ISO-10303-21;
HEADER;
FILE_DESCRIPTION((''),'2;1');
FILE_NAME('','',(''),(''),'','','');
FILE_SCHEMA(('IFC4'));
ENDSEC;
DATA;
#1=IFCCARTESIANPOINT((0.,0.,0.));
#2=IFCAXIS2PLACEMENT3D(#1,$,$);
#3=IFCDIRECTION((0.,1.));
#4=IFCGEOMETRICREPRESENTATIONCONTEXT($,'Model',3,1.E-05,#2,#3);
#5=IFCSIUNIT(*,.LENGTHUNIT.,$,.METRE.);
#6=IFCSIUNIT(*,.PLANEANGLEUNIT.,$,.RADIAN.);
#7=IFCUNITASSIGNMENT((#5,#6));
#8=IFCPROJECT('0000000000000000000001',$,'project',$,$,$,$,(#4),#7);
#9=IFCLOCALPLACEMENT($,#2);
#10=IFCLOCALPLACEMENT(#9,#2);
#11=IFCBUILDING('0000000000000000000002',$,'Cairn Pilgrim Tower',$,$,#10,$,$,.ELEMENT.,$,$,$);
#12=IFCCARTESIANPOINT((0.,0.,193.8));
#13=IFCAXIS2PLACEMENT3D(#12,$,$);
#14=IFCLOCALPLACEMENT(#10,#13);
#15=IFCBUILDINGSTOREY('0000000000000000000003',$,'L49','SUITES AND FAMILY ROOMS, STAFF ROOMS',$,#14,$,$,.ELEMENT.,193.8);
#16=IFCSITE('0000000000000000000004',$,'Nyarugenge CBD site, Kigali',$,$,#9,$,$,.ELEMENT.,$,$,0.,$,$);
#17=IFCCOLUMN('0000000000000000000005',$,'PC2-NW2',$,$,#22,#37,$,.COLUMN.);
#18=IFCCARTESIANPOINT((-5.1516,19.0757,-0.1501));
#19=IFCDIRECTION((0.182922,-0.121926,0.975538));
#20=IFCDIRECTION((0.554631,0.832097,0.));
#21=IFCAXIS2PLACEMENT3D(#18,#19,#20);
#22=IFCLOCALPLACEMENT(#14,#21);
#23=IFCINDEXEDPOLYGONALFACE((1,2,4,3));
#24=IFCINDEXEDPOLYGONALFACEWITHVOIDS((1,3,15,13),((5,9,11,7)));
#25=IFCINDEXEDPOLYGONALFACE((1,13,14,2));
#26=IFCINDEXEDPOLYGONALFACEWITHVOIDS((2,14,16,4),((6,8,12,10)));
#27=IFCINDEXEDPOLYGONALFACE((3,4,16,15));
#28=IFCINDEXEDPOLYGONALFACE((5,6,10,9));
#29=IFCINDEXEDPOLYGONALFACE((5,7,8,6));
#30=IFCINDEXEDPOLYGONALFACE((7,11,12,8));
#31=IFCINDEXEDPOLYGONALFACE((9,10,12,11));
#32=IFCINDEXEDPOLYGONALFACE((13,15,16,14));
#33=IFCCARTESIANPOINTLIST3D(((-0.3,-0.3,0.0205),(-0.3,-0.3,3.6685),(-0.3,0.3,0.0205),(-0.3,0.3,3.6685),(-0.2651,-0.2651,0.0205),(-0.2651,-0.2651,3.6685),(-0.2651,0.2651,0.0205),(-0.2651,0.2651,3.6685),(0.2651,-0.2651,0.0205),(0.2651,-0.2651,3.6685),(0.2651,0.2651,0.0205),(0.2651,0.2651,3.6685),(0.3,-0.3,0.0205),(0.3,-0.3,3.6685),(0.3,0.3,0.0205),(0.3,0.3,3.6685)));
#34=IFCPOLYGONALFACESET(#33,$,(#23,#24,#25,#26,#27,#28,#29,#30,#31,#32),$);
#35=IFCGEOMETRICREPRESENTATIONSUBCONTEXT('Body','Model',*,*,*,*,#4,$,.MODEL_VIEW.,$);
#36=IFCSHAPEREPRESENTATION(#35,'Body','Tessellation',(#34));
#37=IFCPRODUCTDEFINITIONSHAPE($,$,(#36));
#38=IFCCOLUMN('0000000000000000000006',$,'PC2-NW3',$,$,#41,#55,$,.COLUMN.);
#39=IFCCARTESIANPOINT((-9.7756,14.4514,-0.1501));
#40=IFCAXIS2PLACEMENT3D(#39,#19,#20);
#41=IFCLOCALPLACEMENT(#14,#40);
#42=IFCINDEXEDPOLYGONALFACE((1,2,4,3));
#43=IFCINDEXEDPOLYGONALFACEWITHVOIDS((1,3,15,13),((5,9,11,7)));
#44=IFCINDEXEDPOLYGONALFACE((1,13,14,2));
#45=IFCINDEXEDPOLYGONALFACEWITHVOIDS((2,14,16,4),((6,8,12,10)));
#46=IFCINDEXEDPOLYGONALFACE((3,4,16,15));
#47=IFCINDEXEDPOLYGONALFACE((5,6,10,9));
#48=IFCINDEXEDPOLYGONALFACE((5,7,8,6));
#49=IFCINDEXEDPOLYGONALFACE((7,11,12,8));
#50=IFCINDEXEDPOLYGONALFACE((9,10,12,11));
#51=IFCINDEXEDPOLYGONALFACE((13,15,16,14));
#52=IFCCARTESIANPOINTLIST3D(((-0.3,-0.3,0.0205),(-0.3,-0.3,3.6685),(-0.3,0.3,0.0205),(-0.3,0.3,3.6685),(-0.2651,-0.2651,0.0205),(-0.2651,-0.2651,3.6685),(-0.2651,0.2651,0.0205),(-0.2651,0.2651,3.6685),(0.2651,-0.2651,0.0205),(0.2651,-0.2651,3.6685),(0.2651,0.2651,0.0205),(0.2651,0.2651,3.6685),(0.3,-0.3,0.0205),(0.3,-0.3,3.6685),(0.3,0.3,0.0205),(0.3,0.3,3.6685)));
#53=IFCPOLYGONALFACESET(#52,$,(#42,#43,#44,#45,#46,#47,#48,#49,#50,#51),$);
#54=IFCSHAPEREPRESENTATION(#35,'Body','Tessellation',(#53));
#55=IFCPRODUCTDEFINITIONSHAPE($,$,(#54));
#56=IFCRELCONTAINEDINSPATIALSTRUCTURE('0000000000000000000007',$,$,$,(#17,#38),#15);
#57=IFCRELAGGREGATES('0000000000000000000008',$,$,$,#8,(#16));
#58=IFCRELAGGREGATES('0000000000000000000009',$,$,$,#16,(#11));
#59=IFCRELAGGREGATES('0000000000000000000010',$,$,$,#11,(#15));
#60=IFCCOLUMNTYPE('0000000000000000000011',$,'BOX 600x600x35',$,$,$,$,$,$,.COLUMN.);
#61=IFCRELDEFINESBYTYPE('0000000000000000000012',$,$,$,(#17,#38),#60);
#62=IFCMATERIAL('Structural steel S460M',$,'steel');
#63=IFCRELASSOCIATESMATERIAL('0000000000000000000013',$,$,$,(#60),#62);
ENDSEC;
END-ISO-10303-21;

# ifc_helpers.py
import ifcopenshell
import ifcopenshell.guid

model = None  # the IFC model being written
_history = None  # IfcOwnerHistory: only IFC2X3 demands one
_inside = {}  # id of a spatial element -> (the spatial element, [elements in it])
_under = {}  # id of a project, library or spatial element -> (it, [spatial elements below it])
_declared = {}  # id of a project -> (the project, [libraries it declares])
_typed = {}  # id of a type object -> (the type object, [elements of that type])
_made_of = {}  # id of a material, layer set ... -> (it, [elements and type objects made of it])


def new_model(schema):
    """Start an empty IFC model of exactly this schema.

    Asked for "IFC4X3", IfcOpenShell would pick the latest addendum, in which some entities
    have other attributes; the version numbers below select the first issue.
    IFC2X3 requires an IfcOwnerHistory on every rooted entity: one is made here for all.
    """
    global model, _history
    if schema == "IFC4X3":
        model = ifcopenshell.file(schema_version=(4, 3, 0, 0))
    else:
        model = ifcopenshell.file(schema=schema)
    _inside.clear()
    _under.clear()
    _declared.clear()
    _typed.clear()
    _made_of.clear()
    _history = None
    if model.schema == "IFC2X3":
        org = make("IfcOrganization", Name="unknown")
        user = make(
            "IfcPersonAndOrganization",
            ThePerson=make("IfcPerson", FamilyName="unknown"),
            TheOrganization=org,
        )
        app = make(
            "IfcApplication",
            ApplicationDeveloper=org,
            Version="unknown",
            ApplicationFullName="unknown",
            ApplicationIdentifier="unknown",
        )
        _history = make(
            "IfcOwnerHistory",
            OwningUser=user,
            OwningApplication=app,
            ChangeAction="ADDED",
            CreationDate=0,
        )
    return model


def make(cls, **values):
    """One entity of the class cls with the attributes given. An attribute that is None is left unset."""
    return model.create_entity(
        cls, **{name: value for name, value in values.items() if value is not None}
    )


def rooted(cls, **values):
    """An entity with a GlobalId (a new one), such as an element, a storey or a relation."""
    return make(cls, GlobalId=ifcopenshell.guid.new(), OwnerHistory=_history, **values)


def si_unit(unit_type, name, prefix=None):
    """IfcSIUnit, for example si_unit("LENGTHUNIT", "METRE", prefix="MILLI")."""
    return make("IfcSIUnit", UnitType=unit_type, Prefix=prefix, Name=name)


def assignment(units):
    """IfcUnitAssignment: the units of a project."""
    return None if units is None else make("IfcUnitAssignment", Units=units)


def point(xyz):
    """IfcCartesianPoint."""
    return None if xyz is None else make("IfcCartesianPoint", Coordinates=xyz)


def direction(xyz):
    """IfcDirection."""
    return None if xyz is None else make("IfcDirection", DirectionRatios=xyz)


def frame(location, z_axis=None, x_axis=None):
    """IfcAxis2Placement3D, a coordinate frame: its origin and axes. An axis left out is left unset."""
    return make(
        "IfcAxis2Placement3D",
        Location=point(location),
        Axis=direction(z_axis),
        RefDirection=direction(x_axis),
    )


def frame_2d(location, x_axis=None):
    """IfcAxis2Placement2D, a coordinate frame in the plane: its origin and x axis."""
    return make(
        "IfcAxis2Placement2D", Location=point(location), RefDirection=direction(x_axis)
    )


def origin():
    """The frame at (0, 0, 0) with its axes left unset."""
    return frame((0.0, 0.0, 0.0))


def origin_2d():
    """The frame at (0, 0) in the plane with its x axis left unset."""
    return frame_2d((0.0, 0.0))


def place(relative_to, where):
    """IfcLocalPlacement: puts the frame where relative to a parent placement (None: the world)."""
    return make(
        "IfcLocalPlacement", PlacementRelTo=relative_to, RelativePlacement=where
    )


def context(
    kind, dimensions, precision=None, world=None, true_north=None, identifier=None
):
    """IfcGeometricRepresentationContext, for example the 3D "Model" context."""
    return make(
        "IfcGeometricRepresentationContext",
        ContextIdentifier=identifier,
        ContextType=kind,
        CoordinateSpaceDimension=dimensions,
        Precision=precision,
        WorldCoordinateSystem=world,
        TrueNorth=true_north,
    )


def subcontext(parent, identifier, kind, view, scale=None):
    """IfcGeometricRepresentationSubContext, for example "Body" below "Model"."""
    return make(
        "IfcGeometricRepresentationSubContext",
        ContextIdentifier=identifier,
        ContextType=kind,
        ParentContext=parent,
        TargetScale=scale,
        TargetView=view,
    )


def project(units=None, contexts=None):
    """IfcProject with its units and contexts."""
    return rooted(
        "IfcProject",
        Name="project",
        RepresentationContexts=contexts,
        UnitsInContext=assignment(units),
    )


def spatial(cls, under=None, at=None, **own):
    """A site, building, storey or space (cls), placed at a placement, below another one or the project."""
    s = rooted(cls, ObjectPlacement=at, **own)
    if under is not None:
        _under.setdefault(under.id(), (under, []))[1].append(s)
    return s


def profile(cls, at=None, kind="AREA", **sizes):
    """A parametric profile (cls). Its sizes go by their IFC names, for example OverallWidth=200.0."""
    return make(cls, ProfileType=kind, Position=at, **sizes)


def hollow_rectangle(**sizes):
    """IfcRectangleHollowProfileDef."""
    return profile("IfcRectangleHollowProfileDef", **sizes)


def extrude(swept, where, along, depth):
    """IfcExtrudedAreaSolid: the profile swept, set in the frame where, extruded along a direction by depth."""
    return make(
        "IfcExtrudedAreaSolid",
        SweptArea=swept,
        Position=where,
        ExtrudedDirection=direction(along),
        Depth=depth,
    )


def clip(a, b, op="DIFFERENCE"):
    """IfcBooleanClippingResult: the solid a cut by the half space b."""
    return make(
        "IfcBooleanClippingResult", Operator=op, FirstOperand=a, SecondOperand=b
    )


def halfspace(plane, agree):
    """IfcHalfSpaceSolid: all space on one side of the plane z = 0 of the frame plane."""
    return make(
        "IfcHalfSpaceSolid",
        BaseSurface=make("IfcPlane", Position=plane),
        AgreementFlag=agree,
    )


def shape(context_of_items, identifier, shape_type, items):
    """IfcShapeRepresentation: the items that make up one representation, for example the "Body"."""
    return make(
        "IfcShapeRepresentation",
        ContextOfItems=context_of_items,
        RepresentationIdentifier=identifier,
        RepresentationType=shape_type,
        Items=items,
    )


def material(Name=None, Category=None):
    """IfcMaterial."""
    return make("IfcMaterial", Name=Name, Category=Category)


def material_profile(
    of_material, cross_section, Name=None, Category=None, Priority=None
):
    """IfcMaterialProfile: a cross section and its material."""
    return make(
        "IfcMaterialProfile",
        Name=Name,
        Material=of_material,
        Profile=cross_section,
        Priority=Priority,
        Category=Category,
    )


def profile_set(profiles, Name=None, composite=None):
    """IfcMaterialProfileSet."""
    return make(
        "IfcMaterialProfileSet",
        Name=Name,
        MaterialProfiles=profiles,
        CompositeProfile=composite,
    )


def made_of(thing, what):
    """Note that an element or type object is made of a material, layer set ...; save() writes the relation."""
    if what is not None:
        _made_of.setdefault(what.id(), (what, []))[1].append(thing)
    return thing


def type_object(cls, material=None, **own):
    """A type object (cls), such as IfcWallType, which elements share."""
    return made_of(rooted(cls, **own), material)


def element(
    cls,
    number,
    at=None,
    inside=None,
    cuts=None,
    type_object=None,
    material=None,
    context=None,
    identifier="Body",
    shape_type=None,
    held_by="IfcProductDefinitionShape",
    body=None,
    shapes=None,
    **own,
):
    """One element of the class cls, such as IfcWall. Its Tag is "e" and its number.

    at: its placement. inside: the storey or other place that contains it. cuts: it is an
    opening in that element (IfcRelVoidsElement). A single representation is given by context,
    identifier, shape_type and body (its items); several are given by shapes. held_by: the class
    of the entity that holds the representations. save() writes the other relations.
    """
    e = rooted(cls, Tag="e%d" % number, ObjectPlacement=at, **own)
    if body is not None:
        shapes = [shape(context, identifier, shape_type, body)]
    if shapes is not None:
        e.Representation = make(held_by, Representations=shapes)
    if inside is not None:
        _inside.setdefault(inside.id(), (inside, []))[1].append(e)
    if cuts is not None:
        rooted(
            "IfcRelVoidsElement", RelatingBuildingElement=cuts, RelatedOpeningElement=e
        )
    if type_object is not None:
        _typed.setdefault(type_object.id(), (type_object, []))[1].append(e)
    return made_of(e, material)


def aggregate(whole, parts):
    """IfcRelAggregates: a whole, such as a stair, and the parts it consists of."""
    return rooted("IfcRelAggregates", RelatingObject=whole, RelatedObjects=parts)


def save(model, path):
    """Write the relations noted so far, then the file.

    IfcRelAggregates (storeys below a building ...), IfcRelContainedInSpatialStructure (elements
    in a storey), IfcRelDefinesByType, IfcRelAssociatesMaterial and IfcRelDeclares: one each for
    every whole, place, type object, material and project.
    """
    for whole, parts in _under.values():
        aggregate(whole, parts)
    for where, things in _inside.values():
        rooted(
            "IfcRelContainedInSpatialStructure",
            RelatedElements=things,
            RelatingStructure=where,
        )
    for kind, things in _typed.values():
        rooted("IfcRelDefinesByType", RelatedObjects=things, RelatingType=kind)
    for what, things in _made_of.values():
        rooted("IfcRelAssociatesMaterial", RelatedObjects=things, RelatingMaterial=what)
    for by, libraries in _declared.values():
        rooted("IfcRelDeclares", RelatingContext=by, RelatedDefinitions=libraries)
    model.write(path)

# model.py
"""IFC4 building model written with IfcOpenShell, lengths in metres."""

from ifc_helpers import new_model, si_unit, direction, frame, origin, origin_2d, place, context, subcontext, project, spatial, hollow_rectangle, extrude, clip, halfspace, material, material_profile, profile_set, type_object, element, save


model = new_model("IFC4")

# Units and contexts
model_context = context("Model", 3, precision=1e-05, world=origin(), true_north=direction((0.0, 1.0)))
body_context = subcontext(model_context, "Body", "Model", "MODEL_VIEW")
ifc_project = project(units=[si_unit("LENGTHUNIT", "METRE"), si_unit("PLANEANGLEUNIT", "RADIAN")], contexts=[model_context])

# Site, building, storey
site_placement = place(None, origin())
site = spatial("IfcSite", under=ifc_project, at=site_placement, Name="Nyarugenge CBD site, Kigali", CompositionType="ELEMENT", RefElevation=0.0)
building_placement = place(site_placement, origin())
building = spatial("IfcBuilding", under=site, at=building_placement, Name="Cairn Pilgrim Tower", CompositionType="ELEMENT")
storey_placement = place(building_placement, frame((0.0, 0.0, 193.8)))
storey = spatial("IfcBuildingStorey", under=building, at=storey_placement, Name="L49", Description="SUITES AND FAMILY ROOMS, STAFF ROOMS", CompositionType="ELEMENT", Elevation=193.8)

# Columns
ifc_material_1 = material(Name="Structural steel S460M", Category="steel")
ifc_material_profile_1 = material_profile(ifc_material_1, hollow_rectangle(XDim=0.6001, YDim=0.6001, WallThickness=0.0349, at=origin_2d()), Name="BOX 600x600x35")
ifc_profile_set_1 = profile_set([ifc_material_profile_1], Name="Structural steel S460M")
column_type_1 = type_object("IfcColumnType", Name="BOX 600x600x35", PredefinedType="COLUMN", material=ifc_profile_set_1)
for number, where, z_axis, x_axis, name in (
    (1, (-5.1516, 19.0757, -0.1501), (0.182922, -0.121926, 0.975538), (0.554631, 0.832097, 0.0), "PC2-NW2"),
    (2, (-9.7756, 14.4514, -0.1501), (0.182922, -0.121926, 0.975538), (0.554631, 0.832097, 0.0), "PC2-NW3"),
):
    element("IfcColumn", number, at=place(storey_placement, frame(where, z_axis=z_axis, x_axis=x_axis)), inside=storey, type_object=column_type_1, Name=name, PredefinedType="COLUMN", context=body_context, shape_type="Clipping", body=[
        clip(clip(extrude(hollow_rectangle(XDim=0.6001, YDim=0.6001, WallThickness=0.0349, at=origin_2d()), origin(), (0.0, 0.0, 1.0), 3.6904), halfspace(frame((0.0, 0.0, 0.0205), z_axis=(0.0, 0.0, 1.0), x_axis=(1.0, 0.0, 0.0)), True)), halfspace(frame((0.0, 0.0, 3.6685), z_axis=(0.0, 0.0, 1.0), x_axis=(1.0, 0.0, 0.0)), False)),
    ])

save(model, "model.ifc")
